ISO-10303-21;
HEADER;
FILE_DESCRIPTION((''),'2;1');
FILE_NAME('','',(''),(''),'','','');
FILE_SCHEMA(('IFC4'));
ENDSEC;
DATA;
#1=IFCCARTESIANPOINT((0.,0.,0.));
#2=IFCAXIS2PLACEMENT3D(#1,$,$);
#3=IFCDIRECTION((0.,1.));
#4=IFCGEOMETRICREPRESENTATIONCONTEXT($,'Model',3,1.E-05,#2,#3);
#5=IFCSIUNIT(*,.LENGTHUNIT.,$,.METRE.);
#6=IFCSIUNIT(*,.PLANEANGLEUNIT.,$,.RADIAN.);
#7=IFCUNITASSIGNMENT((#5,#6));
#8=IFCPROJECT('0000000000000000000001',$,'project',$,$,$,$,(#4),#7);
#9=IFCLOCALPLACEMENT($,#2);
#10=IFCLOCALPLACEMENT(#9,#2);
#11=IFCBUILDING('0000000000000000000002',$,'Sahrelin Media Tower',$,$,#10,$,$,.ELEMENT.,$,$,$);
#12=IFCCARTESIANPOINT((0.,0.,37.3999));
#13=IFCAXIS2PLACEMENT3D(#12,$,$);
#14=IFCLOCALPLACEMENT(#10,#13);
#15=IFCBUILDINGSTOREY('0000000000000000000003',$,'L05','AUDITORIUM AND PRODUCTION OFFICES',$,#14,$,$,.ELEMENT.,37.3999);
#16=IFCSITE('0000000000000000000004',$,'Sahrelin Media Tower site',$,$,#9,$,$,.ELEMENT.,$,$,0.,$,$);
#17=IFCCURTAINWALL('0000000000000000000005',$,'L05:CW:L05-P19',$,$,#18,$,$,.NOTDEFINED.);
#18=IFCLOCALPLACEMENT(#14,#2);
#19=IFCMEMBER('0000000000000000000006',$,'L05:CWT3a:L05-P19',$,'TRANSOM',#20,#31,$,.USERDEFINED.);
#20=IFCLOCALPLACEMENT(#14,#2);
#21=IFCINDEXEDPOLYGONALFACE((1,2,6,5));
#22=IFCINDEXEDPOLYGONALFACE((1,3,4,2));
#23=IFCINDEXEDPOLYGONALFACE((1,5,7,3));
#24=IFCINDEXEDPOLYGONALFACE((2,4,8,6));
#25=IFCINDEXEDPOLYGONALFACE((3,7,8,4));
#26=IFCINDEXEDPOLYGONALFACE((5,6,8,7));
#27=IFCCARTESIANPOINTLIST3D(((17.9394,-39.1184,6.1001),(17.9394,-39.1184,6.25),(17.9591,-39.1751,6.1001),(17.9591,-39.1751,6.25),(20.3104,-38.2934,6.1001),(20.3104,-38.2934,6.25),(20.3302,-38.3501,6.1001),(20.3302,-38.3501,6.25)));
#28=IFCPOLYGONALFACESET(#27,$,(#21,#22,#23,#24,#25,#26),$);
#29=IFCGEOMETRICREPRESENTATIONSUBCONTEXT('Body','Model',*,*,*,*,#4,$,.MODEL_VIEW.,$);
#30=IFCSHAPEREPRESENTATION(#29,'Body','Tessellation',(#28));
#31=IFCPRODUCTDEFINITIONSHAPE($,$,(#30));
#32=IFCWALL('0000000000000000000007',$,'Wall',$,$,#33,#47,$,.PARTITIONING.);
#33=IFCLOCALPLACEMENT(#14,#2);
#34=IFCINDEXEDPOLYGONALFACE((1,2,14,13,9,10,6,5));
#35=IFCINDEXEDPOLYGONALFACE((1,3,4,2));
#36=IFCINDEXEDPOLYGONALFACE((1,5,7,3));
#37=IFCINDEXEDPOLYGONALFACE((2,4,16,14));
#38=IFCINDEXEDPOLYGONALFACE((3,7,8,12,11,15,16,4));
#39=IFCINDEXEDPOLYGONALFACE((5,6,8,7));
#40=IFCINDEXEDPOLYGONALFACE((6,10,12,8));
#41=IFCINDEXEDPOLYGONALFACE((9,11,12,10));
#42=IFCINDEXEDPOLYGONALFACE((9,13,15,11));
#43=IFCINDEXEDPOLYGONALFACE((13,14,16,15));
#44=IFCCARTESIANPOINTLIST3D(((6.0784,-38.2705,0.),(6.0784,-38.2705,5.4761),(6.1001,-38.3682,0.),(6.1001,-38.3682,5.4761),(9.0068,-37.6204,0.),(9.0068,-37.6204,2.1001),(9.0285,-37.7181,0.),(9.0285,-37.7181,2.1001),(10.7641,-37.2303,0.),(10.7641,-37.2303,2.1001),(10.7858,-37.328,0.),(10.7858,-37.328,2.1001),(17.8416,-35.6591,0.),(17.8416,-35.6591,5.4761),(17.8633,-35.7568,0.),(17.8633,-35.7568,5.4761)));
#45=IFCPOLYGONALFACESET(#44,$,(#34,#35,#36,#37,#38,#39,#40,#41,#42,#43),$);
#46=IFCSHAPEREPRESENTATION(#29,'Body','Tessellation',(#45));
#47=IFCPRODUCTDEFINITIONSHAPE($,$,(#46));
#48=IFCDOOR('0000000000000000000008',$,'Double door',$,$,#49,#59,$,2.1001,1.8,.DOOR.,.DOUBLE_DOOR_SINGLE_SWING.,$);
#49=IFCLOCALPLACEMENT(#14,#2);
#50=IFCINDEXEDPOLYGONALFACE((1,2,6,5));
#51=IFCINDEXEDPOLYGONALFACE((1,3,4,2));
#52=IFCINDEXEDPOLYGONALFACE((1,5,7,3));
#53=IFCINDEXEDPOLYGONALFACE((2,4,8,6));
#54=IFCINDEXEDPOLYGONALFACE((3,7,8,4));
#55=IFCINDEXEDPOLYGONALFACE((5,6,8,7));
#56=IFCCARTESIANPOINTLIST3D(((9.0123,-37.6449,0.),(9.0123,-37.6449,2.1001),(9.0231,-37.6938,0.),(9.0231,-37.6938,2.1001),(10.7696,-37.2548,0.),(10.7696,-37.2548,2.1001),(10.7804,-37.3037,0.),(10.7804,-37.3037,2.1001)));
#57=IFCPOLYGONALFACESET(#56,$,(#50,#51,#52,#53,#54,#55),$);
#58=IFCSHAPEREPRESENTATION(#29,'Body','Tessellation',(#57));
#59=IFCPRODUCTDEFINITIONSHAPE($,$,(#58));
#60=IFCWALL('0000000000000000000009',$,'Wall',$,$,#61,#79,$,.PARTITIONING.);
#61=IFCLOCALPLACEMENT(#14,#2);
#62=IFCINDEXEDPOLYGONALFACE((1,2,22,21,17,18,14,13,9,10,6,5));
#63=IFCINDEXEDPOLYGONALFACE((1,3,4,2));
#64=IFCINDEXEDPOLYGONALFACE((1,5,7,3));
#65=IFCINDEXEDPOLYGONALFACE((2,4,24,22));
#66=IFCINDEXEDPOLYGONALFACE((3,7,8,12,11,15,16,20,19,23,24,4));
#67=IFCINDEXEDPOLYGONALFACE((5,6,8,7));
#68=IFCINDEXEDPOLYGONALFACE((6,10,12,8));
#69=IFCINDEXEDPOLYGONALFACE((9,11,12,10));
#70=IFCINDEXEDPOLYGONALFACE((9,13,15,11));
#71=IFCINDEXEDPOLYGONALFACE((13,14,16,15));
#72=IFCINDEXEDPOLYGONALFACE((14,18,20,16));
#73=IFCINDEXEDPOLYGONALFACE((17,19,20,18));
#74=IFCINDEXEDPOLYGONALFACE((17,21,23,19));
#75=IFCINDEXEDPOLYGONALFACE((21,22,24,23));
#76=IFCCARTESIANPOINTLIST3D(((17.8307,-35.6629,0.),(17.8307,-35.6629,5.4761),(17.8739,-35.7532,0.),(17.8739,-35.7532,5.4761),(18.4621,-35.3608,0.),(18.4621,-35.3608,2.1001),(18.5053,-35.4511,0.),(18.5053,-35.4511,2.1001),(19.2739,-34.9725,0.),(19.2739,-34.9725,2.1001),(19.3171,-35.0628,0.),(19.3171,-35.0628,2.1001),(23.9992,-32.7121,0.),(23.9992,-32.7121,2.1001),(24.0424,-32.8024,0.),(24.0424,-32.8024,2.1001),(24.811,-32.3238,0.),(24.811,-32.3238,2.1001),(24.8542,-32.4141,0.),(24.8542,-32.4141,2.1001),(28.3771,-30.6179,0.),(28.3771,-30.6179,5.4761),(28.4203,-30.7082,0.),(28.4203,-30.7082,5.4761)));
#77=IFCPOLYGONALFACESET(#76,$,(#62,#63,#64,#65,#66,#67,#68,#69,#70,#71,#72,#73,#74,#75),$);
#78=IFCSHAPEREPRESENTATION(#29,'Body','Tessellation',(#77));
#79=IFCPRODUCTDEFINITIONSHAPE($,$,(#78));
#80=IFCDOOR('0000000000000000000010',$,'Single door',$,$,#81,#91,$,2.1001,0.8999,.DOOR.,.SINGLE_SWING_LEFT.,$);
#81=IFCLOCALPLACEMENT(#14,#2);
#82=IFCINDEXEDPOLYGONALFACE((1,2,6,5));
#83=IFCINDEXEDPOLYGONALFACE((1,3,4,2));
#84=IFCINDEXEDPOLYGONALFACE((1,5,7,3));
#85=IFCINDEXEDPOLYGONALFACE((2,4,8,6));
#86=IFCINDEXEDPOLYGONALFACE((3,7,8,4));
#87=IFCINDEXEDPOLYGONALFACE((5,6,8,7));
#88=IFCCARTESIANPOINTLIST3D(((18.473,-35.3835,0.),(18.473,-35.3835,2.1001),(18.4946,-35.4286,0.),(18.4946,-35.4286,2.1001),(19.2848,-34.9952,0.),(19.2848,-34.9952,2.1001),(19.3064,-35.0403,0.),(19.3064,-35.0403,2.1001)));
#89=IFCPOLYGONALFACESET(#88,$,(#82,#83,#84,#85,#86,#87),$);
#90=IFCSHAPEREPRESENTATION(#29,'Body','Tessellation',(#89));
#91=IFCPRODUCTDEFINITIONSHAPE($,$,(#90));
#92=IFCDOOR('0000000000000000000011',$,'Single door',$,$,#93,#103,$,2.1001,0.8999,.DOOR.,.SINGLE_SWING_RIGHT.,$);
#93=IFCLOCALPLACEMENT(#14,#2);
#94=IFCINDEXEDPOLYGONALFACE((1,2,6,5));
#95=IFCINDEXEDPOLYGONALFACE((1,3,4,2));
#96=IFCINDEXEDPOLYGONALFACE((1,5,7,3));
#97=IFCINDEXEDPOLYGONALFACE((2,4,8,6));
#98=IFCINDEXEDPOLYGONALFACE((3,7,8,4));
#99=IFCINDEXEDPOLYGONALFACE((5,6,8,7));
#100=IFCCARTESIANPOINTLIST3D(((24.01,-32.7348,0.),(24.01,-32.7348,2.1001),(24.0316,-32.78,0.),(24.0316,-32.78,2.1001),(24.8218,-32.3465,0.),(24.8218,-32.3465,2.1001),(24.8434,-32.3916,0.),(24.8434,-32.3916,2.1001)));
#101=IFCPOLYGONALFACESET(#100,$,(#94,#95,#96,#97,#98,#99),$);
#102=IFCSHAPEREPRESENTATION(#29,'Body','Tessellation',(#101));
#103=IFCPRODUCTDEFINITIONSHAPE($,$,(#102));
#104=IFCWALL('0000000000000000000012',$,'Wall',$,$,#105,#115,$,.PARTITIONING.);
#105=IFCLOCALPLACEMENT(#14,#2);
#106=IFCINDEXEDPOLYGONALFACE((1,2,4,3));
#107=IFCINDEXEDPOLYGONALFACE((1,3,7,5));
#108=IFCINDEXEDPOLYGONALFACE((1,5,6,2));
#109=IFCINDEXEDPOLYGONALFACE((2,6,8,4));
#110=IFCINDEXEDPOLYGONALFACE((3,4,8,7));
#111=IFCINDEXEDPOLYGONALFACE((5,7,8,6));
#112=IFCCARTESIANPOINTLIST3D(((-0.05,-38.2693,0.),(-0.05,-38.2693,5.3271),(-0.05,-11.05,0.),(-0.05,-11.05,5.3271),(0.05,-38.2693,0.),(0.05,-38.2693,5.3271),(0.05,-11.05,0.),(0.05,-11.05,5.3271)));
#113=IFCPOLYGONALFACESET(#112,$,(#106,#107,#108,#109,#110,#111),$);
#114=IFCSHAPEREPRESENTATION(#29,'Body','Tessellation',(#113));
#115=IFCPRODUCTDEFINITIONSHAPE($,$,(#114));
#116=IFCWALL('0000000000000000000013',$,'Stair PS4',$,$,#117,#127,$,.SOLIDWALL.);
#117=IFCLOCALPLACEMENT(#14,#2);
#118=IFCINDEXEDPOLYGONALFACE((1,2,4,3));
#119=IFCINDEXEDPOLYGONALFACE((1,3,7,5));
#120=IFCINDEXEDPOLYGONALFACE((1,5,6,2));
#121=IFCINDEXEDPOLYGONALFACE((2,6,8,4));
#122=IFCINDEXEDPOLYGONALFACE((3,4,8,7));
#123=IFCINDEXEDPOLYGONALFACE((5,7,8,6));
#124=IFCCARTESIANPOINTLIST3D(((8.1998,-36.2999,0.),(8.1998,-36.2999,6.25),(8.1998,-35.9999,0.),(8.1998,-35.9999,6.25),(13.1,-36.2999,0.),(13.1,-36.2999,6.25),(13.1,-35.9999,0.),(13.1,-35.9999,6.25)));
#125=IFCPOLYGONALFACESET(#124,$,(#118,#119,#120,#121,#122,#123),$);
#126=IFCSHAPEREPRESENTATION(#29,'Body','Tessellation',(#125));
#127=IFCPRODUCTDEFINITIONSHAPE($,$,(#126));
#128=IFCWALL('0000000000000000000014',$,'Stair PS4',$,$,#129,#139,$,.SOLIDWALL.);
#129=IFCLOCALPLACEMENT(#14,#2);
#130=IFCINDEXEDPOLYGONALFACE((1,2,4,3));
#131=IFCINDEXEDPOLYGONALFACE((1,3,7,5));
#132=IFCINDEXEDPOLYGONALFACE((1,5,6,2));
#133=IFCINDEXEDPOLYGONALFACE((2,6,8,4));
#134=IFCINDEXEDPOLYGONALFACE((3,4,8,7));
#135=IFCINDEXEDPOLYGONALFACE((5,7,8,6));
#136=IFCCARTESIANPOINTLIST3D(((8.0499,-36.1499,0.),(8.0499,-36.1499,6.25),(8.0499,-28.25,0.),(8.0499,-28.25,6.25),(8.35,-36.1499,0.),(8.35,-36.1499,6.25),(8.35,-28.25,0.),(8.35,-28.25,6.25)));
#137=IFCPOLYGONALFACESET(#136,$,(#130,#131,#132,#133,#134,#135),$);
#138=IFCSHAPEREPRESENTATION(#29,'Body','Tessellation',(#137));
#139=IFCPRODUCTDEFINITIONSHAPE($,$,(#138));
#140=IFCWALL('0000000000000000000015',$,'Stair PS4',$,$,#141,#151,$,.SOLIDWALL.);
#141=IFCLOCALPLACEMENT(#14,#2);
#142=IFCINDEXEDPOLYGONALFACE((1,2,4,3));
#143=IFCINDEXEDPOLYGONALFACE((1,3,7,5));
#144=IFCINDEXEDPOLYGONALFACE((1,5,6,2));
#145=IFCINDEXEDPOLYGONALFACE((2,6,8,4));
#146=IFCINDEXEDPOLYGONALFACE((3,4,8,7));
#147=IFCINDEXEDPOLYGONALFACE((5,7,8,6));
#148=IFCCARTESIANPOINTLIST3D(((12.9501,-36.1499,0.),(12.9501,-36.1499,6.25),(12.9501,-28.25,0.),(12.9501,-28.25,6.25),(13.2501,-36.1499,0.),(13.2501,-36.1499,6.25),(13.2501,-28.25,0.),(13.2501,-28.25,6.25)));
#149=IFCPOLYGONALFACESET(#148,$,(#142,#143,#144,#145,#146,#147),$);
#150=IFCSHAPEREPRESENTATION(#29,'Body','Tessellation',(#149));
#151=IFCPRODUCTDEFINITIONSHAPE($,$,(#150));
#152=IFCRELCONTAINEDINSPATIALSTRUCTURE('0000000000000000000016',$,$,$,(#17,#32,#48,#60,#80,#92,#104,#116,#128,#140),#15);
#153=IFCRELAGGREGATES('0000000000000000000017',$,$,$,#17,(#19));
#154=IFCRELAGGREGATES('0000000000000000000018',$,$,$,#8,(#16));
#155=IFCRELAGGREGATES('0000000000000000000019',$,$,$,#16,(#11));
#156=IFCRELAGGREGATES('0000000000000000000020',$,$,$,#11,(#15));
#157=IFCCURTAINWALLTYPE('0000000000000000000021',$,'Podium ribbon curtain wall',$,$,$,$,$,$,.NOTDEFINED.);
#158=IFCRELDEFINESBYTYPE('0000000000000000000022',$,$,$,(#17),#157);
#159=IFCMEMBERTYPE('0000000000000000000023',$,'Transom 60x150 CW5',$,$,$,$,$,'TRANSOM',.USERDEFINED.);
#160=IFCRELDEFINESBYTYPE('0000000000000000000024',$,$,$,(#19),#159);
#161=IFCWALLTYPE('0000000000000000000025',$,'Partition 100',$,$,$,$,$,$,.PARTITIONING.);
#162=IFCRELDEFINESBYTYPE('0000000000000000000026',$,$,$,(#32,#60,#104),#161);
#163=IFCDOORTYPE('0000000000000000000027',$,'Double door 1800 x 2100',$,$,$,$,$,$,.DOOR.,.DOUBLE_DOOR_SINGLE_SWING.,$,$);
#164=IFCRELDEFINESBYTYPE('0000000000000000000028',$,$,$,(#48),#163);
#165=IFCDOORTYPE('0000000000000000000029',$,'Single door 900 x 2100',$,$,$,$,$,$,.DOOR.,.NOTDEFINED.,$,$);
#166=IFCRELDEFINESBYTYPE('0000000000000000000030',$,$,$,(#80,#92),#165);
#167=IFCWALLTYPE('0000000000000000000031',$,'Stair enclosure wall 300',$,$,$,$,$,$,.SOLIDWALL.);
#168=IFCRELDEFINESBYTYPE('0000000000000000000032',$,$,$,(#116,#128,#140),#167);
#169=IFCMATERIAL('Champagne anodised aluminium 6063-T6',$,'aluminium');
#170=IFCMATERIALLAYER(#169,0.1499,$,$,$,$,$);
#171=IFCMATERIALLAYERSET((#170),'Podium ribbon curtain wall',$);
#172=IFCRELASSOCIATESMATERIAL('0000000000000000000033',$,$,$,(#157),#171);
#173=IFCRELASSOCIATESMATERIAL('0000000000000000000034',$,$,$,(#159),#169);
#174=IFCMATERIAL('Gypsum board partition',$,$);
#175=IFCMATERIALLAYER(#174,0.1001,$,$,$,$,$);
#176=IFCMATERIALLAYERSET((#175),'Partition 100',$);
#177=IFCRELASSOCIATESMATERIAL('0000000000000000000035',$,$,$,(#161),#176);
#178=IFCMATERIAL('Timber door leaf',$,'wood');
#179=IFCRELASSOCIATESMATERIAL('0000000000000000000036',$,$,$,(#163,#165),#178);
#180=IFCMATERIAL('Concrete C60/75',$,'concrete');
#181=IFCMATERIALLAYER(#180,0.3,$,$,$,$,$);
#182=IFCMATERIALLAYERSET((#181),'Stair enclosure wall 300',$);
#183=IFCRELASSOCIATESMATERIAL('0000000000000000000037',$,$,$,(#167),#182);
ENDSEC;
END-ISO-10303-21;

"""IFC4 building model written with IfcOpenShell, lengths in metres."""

from ifc_helpers import new_model, si_unit, direction, frame, frame_2d, origin, origin_2d, place, context, subcontext, project, spatial, rectangle, extrude, material, layer, layer_set, material_profile, profile_set, type_object, element, fill, aggregate, save


model = new_model("IFC4")

# Units and contexts
model_context = context("Model", 3, precision=1e-05, world=origin(), true_north=direction((0.0, 1.0)))
body_context = subcontext(model_context, "Body", "Model", "MODEL_VIEW")
ifc_project = project(units=[si_unit("LENGTHUNIT", "METRE"), si_unit("PLANEANGLEUNIT", "RADIAN")], contexts=[model_context])

# Site, building, storey
site_placement = place(None, origin())
site = spatial("IfcSite", under=ifc_project, at=site_placement, Name="Sahrelin Media Tower site", CompositionType="ELEMENT", RefElevation=0.0)
building_placement = place(site_placement, origin())
building = spatial("IfcBuilding", under=site, at=building_placement, Name="Sahrelin Media Tower", CompositionType="ELEMENT")
storey_placement = place(building_placement, frame((0.0, 0.0, 37.3999)))
storey = spatial("IfcBuildingStorey", under=building, at=storey_placement, Name="L05", Description="AUDITORIUM AND PRODUCTION OFFICES", CompositionType="ELEMENT", Elevation=37.3999)

# Curtain wall
ifc_material_1 = material(Name="Champagne anodised aluminium 6063-T6", Category="aluminium")
ifc_layer_1 = layer(ifc_material_1, 0.1499)
ifc_layer_set_1 = layer_set([ifc_layer_1], Name="Podium ribbon curtain wall")
curtain_wall_type = type_object("IfcCurtainWallType", Name="Podium ribbon curtain wall", PredefinedType="NOTDEFINED", material=ifc_layer_set_1)
curtain_wall_placement = place(storey_placement, frame((12.9409, -40.5688, 0.0), z_axis=(0.0, 0.0, 1.0), x_axis=(1.0, 0.0, 0.0)))
curtain_wall = element("IfcCurtainWall", 1, at=curtain_wall_placement, inside=storey, type_object=curtain_wall_type, Name="L05:CW:L05-P19", PredefinedType="NOTDEFINED")

# Member
ifc_material_profile_1 = material_profile(ifc_material_1, rectangle(XDim=0.0601, YDim=0.1499, at=origin_2d()), Name="Transom 60x150")
ifc_profile_set_1 = profile_set([ifc_material_profile_1], Name="Champagne anodised aluminium 6063-T6")
member_type_1 = type_object("IfcMemberType", Name="Transom 60x150 CW5", ElementType="TRANSOM", PredefinedType="USERDEFINED", material=ifc_profile_set_1)
member_1_placement = place(storey_placement, frame((17.9492, -39.1467, 6.175), z_axis=(0.944469, 0.3286, 0.0), x_axis=(-0.3286, 0.944469, 0.0)))
member_1 = element("IfcMember", 2, at=member_1_placement, type_object=member_type_1, Name="L05:CWT3a:L05-P19", ObjectType="TRANSOM", PredefinedType="USERDEFINED", context=body_context, shape_type="SweptSolid", body=[
    extrude(rectangle(XDim=0.0601, YDim=0.1499, at=origin_2d()), origin(), (0.0, 0.0, 1.0), 2.5105),
])
aggregate(curtain_wall, [member_1])

# Wall, opening, door
ifc_material_2 = material(Name="Gypsum board partition")
ifc_layer_2 = layer(ifc_material_2, 0.1001)
ifc_layer_set_2 = layer_set([ifc_layer_2], Name="Partition 100")
wall_type_1 = type_object("IfcWallType", Name="Partition 100", PredefinedType="PARTITIONING", material=ifc_layer_set_2)
wall_1_placement = place(storey_placement, frame((6.0891, -38.3193, 0.0), z_axis=(0.0, 0.0, 1.0), x_axis=(0.976235, 0.216716, 0.0)))
wall_1 = element("IfcWall", 3, at=wall_1_placement, inside=storey, type_object=wall_type_1, Name="Wall", PredefinedType="PARTITIONING", context=body_context, shape_type="SweptSolid", body=[
    extrude(rectangle(XDim=12.0496, YDim=0.1001, at=frame_2d((6.0249, 0.0))), origin(), (0.0, 0.0, 1.0), 5.4761),
])
opening_1_placement = place(wall_1_placement, frame((3.0, 0.0, 0.0)))
opening_1 = element("IfcOpeningElement", 4, at=opening_1_placement, cuts=wall_1, PredefinedType="OPENING", context=body_context, shape_type="SweptSolid", body=[
    extrude(rectangle(XDim=1.8, YDim=2.1001, at=frame_2d((0.8999, 1.05))), frame((0.0, 0.05, 0.0), z_axis=(0.0, -1.0, 0.0), x_axis=(1.0, 0.0, 0.0)), (0.0, 0.0, 1.0), 0.1001),
])
ifc_material_3 = material(Name="Timber door leaf", Category="wood")
door_type_1 = type_object("IfcDoorType", Name="Double door 1800 x 2100", OperationType="DOUBLE_DOOR_SINGLE_SWING", PredefinedType="DOOR", material=ifc_material_3)
door_1_placement = place(opening_1_placement, origin())
door_1 = element("IfcDoor", 5, at=door_1_placement, inside=storey, type_object=door_type_1, Name="Double door", OperationType="DOUBLE_DOOR_SINGLE_SWING", OverallHeight=2.1001, OverallWidth=1.8, PredefinedType="DOOR", context=body_context, shape_type="SweptSolid", body=[
    extrude(rectangle(XDim=1.8, YDim=2.1001, at=frame_2d((0.8999, 1.05))), frame((0.0, 0.0249, 0.0), z_axis=(0.0, -1.0, 0.0), x_axis=(1.0, 0.0, 0.0)), (0.0, 0.0, 1.0), 0.05),
])
fill(opening_1, door_1)

# Wall, openings, doors
wall_2_placement = place(storey_placement, frame((17.8523, -35.708, 0.0), z_axis=(0.0, 0.0, 1.0), x_axis=(0.902101, 0.431525, 0.0)))
wall_2 = element("IfcWall", 6, at=wall_2_placement, inside=storey, type_object=wall_type_1, Name="Wall", PredefinedType="PARTITIONING", context=body_context, shape_type="SweptSolid", body=[
    extrude(rectangle(XDim=11.6909, YDim=0.1001, at=frame_2d((5.8455, 0.0))), origin(), (0.0, 0.0, 1.0), 5.4761),
])
opening_2_placement = place(wall_2_placement, frame((0.7, 0.0, 0.0)))
opening_2 = element("IfcOpeningElement", 7, at=opening_2_placement, cuts=wall_2, PredefinedType="OPENING", context=body_context, shape_type="SweptSolid", body=[
    extrude(rectangle(XDim=0.8999, YDim=2.1001, at=frame_2d((0.45, 1.05))), frame((0.0, 0.05, 0.0), z_axis=(0.0, -1.0, 0.0), x_axis=(1.0, 0.0, 0.0)), (0.0, 0.0, 1.0), 0.1001),
])
opening_3_placement = place(wall_2_placement, frame((6.8379, 0.0, 0.0)))
opening_3 = element("IfcOpeningElement", 8, at=opening_3_placement, cuts=wall_2, PredefinedType="OPENING", context=body_context, shape_type="SweptSolid", body=[
    extrude(rectangle(XDim=0.8999, YDim=2.1001, at=frame_2d((0.45, 1.05))), frame((0.0, 0.05, 0.0), z_axis=(0.0, -1.0, 0.0), x_axis=(1.0, 0.0, 0.0)), (0.0, 0.0, 1.0), 0.1001),
])
door_type_2 = type_object("IfcDoorType", Name="Single door 900 x 2100", OperationType="NOTDEFINED", PredefinedType="DOOR", material=ifc_material_3)
door_2_placement = place(opening_2_placement, origin())
door_2 = element("IfcDoor", 9, at=door_2_placement, inside=storey, type_object=door_type_2, Name="Single door", OperationType="SINGLE_SWING_LEFT", OverallHeight=2.1001, OverallWidth=0.8999, PredefinedType="DOOR", context=body_context, shape_type="SweptSolid", body=[
    extrude(rectangle(XDim=0.8999, YDim=2.1001, at=frame_2d((0.45, 1.05))), frame((0.0, 0.0249, 0.0), z_axis=(0.0, -1.0, 0.0), x_axis=(1.0, 0.0, 0.0)), (0.0, 0.0, 1.0), 0.05),
])
fill(opening_2, door_2)
door_3_placement = place(opening_3_placement, origin())
door_3 = element("IfcDoor", 10, at=door_3_placement, inside=storey, type_object=door_type_2, Name="Single door", OperationType="SINGLE_SWING_RIGHT", OverallHeight=2.1001, OverallWidth=0.8999, PredefinedType="DOOR", context=body_context, shape_type="SweptSolid", body=[
    extrude(rectangle(XDim=0.8999, YDim=2.1001, at=frame_2d((0.45, 1.05))), frame((0.0, 0.0249, 0.0), z_axis=(0.0, -1.0, 0.0), x_axis=(1.0, 0.0, 0.0)), (0.0, 0.0, 1.0), 0.05),
])
fill(opening_3, door_3)

# Walls
wall_3_placement = place(storey_placement, frame((0.0, -11.05, 0.0), z_axis=(0.0, 0.0, 1.0), x_axis=(0.0, -1.0, 0.0)))
element("IfcWall", 11, at=wall_3_placement, inside=storey, type_object=wall_type_1, Name="Wall", PredefinedType="PARTITIONING", context=body_context, shape_type="SweptSolid", body=[
    extrude(rectangle(XDim=27.2192, YDim=0.1001, at=frame_2d((13.6096, 0.0))), origin(), (0.0, 0.0, 1.0), 5.3271),
])
ifc_material_4 = material(Name="Concrete C60/75", Category="concrete")
ifc_layer_3 = layer(ifc_material_4, 0.3)
ifc_layer_set_3 = layer_set([ifc_layer_3], Name="Stair enclosure wall 300")
wall_type_2 = type_object("IfcWallType", Name="Stair enclosure wall 300", PredefinedType="SOLIDWALL", material=ifc_layer_set_3)
wall_4_placement = place(storey_placement, frame((13.1001, -36.1499, 0.0), z_axis=(0.0, 0.0, 1.0), x_axis=(-1.0, 0.0, 0.0)))
element("IfcWall", 12, at=wall_4_placement, inside=storey, type_object=wall_type_2, Name="Stair PS4", PredefinedType="SOLIDWALL", context=body_context, shape_type="SweptSolid", body=[
    extrude(rectangle(XDim=4.9001, YDim=0.3, at=frame_2d((2.4502, 0.0))), origin(), (0.0, 0.0, 1.0), 6.25),
])
wall_5_placement = place(storey_placement, frame((8.2, -36.1499, 0.0), z_axis=(0.0, 0.0, 1.0), x_axis=(0.0, 1.0, 0.0)))
element("IfcWall", 13, at=wall_5_placement, inside=storey, type_object=wall_type_2, Name="Stair PS4", PredefinedType="SOLIDWALL", context=body_context, shape_type="SweptSolid", body=[
    extrude(rectangle(XDim=7.8999, YDim=0.3, at=frame_2d((3.95, 0.0))), origin(), (0.0, 0.0, 1.0), 6.25),
])

# Wall
wall_6_placement = place(storey_placement, frame((13.1001, -28.25, 0.0), z_axis=(0.0, 0.0, 1.0), x_axis=(0.0, -1.0, 0.0)))
element("IfcWall", 14, at=wall_6_placement, inside=storey, type_object=wall_type_2, Name="Stair PS4", PredefinedType="SOLIDWALL", context=body_context, shape_type="SweptSolid", body=[
    extrude(rectangle(XDim=7.8999, YDim=0.3, at=frame_2d((3.95, 0.0))), origin(), (0.0, 0.0, 1.0), 6.25),
])

save(model, "model.ifc")
